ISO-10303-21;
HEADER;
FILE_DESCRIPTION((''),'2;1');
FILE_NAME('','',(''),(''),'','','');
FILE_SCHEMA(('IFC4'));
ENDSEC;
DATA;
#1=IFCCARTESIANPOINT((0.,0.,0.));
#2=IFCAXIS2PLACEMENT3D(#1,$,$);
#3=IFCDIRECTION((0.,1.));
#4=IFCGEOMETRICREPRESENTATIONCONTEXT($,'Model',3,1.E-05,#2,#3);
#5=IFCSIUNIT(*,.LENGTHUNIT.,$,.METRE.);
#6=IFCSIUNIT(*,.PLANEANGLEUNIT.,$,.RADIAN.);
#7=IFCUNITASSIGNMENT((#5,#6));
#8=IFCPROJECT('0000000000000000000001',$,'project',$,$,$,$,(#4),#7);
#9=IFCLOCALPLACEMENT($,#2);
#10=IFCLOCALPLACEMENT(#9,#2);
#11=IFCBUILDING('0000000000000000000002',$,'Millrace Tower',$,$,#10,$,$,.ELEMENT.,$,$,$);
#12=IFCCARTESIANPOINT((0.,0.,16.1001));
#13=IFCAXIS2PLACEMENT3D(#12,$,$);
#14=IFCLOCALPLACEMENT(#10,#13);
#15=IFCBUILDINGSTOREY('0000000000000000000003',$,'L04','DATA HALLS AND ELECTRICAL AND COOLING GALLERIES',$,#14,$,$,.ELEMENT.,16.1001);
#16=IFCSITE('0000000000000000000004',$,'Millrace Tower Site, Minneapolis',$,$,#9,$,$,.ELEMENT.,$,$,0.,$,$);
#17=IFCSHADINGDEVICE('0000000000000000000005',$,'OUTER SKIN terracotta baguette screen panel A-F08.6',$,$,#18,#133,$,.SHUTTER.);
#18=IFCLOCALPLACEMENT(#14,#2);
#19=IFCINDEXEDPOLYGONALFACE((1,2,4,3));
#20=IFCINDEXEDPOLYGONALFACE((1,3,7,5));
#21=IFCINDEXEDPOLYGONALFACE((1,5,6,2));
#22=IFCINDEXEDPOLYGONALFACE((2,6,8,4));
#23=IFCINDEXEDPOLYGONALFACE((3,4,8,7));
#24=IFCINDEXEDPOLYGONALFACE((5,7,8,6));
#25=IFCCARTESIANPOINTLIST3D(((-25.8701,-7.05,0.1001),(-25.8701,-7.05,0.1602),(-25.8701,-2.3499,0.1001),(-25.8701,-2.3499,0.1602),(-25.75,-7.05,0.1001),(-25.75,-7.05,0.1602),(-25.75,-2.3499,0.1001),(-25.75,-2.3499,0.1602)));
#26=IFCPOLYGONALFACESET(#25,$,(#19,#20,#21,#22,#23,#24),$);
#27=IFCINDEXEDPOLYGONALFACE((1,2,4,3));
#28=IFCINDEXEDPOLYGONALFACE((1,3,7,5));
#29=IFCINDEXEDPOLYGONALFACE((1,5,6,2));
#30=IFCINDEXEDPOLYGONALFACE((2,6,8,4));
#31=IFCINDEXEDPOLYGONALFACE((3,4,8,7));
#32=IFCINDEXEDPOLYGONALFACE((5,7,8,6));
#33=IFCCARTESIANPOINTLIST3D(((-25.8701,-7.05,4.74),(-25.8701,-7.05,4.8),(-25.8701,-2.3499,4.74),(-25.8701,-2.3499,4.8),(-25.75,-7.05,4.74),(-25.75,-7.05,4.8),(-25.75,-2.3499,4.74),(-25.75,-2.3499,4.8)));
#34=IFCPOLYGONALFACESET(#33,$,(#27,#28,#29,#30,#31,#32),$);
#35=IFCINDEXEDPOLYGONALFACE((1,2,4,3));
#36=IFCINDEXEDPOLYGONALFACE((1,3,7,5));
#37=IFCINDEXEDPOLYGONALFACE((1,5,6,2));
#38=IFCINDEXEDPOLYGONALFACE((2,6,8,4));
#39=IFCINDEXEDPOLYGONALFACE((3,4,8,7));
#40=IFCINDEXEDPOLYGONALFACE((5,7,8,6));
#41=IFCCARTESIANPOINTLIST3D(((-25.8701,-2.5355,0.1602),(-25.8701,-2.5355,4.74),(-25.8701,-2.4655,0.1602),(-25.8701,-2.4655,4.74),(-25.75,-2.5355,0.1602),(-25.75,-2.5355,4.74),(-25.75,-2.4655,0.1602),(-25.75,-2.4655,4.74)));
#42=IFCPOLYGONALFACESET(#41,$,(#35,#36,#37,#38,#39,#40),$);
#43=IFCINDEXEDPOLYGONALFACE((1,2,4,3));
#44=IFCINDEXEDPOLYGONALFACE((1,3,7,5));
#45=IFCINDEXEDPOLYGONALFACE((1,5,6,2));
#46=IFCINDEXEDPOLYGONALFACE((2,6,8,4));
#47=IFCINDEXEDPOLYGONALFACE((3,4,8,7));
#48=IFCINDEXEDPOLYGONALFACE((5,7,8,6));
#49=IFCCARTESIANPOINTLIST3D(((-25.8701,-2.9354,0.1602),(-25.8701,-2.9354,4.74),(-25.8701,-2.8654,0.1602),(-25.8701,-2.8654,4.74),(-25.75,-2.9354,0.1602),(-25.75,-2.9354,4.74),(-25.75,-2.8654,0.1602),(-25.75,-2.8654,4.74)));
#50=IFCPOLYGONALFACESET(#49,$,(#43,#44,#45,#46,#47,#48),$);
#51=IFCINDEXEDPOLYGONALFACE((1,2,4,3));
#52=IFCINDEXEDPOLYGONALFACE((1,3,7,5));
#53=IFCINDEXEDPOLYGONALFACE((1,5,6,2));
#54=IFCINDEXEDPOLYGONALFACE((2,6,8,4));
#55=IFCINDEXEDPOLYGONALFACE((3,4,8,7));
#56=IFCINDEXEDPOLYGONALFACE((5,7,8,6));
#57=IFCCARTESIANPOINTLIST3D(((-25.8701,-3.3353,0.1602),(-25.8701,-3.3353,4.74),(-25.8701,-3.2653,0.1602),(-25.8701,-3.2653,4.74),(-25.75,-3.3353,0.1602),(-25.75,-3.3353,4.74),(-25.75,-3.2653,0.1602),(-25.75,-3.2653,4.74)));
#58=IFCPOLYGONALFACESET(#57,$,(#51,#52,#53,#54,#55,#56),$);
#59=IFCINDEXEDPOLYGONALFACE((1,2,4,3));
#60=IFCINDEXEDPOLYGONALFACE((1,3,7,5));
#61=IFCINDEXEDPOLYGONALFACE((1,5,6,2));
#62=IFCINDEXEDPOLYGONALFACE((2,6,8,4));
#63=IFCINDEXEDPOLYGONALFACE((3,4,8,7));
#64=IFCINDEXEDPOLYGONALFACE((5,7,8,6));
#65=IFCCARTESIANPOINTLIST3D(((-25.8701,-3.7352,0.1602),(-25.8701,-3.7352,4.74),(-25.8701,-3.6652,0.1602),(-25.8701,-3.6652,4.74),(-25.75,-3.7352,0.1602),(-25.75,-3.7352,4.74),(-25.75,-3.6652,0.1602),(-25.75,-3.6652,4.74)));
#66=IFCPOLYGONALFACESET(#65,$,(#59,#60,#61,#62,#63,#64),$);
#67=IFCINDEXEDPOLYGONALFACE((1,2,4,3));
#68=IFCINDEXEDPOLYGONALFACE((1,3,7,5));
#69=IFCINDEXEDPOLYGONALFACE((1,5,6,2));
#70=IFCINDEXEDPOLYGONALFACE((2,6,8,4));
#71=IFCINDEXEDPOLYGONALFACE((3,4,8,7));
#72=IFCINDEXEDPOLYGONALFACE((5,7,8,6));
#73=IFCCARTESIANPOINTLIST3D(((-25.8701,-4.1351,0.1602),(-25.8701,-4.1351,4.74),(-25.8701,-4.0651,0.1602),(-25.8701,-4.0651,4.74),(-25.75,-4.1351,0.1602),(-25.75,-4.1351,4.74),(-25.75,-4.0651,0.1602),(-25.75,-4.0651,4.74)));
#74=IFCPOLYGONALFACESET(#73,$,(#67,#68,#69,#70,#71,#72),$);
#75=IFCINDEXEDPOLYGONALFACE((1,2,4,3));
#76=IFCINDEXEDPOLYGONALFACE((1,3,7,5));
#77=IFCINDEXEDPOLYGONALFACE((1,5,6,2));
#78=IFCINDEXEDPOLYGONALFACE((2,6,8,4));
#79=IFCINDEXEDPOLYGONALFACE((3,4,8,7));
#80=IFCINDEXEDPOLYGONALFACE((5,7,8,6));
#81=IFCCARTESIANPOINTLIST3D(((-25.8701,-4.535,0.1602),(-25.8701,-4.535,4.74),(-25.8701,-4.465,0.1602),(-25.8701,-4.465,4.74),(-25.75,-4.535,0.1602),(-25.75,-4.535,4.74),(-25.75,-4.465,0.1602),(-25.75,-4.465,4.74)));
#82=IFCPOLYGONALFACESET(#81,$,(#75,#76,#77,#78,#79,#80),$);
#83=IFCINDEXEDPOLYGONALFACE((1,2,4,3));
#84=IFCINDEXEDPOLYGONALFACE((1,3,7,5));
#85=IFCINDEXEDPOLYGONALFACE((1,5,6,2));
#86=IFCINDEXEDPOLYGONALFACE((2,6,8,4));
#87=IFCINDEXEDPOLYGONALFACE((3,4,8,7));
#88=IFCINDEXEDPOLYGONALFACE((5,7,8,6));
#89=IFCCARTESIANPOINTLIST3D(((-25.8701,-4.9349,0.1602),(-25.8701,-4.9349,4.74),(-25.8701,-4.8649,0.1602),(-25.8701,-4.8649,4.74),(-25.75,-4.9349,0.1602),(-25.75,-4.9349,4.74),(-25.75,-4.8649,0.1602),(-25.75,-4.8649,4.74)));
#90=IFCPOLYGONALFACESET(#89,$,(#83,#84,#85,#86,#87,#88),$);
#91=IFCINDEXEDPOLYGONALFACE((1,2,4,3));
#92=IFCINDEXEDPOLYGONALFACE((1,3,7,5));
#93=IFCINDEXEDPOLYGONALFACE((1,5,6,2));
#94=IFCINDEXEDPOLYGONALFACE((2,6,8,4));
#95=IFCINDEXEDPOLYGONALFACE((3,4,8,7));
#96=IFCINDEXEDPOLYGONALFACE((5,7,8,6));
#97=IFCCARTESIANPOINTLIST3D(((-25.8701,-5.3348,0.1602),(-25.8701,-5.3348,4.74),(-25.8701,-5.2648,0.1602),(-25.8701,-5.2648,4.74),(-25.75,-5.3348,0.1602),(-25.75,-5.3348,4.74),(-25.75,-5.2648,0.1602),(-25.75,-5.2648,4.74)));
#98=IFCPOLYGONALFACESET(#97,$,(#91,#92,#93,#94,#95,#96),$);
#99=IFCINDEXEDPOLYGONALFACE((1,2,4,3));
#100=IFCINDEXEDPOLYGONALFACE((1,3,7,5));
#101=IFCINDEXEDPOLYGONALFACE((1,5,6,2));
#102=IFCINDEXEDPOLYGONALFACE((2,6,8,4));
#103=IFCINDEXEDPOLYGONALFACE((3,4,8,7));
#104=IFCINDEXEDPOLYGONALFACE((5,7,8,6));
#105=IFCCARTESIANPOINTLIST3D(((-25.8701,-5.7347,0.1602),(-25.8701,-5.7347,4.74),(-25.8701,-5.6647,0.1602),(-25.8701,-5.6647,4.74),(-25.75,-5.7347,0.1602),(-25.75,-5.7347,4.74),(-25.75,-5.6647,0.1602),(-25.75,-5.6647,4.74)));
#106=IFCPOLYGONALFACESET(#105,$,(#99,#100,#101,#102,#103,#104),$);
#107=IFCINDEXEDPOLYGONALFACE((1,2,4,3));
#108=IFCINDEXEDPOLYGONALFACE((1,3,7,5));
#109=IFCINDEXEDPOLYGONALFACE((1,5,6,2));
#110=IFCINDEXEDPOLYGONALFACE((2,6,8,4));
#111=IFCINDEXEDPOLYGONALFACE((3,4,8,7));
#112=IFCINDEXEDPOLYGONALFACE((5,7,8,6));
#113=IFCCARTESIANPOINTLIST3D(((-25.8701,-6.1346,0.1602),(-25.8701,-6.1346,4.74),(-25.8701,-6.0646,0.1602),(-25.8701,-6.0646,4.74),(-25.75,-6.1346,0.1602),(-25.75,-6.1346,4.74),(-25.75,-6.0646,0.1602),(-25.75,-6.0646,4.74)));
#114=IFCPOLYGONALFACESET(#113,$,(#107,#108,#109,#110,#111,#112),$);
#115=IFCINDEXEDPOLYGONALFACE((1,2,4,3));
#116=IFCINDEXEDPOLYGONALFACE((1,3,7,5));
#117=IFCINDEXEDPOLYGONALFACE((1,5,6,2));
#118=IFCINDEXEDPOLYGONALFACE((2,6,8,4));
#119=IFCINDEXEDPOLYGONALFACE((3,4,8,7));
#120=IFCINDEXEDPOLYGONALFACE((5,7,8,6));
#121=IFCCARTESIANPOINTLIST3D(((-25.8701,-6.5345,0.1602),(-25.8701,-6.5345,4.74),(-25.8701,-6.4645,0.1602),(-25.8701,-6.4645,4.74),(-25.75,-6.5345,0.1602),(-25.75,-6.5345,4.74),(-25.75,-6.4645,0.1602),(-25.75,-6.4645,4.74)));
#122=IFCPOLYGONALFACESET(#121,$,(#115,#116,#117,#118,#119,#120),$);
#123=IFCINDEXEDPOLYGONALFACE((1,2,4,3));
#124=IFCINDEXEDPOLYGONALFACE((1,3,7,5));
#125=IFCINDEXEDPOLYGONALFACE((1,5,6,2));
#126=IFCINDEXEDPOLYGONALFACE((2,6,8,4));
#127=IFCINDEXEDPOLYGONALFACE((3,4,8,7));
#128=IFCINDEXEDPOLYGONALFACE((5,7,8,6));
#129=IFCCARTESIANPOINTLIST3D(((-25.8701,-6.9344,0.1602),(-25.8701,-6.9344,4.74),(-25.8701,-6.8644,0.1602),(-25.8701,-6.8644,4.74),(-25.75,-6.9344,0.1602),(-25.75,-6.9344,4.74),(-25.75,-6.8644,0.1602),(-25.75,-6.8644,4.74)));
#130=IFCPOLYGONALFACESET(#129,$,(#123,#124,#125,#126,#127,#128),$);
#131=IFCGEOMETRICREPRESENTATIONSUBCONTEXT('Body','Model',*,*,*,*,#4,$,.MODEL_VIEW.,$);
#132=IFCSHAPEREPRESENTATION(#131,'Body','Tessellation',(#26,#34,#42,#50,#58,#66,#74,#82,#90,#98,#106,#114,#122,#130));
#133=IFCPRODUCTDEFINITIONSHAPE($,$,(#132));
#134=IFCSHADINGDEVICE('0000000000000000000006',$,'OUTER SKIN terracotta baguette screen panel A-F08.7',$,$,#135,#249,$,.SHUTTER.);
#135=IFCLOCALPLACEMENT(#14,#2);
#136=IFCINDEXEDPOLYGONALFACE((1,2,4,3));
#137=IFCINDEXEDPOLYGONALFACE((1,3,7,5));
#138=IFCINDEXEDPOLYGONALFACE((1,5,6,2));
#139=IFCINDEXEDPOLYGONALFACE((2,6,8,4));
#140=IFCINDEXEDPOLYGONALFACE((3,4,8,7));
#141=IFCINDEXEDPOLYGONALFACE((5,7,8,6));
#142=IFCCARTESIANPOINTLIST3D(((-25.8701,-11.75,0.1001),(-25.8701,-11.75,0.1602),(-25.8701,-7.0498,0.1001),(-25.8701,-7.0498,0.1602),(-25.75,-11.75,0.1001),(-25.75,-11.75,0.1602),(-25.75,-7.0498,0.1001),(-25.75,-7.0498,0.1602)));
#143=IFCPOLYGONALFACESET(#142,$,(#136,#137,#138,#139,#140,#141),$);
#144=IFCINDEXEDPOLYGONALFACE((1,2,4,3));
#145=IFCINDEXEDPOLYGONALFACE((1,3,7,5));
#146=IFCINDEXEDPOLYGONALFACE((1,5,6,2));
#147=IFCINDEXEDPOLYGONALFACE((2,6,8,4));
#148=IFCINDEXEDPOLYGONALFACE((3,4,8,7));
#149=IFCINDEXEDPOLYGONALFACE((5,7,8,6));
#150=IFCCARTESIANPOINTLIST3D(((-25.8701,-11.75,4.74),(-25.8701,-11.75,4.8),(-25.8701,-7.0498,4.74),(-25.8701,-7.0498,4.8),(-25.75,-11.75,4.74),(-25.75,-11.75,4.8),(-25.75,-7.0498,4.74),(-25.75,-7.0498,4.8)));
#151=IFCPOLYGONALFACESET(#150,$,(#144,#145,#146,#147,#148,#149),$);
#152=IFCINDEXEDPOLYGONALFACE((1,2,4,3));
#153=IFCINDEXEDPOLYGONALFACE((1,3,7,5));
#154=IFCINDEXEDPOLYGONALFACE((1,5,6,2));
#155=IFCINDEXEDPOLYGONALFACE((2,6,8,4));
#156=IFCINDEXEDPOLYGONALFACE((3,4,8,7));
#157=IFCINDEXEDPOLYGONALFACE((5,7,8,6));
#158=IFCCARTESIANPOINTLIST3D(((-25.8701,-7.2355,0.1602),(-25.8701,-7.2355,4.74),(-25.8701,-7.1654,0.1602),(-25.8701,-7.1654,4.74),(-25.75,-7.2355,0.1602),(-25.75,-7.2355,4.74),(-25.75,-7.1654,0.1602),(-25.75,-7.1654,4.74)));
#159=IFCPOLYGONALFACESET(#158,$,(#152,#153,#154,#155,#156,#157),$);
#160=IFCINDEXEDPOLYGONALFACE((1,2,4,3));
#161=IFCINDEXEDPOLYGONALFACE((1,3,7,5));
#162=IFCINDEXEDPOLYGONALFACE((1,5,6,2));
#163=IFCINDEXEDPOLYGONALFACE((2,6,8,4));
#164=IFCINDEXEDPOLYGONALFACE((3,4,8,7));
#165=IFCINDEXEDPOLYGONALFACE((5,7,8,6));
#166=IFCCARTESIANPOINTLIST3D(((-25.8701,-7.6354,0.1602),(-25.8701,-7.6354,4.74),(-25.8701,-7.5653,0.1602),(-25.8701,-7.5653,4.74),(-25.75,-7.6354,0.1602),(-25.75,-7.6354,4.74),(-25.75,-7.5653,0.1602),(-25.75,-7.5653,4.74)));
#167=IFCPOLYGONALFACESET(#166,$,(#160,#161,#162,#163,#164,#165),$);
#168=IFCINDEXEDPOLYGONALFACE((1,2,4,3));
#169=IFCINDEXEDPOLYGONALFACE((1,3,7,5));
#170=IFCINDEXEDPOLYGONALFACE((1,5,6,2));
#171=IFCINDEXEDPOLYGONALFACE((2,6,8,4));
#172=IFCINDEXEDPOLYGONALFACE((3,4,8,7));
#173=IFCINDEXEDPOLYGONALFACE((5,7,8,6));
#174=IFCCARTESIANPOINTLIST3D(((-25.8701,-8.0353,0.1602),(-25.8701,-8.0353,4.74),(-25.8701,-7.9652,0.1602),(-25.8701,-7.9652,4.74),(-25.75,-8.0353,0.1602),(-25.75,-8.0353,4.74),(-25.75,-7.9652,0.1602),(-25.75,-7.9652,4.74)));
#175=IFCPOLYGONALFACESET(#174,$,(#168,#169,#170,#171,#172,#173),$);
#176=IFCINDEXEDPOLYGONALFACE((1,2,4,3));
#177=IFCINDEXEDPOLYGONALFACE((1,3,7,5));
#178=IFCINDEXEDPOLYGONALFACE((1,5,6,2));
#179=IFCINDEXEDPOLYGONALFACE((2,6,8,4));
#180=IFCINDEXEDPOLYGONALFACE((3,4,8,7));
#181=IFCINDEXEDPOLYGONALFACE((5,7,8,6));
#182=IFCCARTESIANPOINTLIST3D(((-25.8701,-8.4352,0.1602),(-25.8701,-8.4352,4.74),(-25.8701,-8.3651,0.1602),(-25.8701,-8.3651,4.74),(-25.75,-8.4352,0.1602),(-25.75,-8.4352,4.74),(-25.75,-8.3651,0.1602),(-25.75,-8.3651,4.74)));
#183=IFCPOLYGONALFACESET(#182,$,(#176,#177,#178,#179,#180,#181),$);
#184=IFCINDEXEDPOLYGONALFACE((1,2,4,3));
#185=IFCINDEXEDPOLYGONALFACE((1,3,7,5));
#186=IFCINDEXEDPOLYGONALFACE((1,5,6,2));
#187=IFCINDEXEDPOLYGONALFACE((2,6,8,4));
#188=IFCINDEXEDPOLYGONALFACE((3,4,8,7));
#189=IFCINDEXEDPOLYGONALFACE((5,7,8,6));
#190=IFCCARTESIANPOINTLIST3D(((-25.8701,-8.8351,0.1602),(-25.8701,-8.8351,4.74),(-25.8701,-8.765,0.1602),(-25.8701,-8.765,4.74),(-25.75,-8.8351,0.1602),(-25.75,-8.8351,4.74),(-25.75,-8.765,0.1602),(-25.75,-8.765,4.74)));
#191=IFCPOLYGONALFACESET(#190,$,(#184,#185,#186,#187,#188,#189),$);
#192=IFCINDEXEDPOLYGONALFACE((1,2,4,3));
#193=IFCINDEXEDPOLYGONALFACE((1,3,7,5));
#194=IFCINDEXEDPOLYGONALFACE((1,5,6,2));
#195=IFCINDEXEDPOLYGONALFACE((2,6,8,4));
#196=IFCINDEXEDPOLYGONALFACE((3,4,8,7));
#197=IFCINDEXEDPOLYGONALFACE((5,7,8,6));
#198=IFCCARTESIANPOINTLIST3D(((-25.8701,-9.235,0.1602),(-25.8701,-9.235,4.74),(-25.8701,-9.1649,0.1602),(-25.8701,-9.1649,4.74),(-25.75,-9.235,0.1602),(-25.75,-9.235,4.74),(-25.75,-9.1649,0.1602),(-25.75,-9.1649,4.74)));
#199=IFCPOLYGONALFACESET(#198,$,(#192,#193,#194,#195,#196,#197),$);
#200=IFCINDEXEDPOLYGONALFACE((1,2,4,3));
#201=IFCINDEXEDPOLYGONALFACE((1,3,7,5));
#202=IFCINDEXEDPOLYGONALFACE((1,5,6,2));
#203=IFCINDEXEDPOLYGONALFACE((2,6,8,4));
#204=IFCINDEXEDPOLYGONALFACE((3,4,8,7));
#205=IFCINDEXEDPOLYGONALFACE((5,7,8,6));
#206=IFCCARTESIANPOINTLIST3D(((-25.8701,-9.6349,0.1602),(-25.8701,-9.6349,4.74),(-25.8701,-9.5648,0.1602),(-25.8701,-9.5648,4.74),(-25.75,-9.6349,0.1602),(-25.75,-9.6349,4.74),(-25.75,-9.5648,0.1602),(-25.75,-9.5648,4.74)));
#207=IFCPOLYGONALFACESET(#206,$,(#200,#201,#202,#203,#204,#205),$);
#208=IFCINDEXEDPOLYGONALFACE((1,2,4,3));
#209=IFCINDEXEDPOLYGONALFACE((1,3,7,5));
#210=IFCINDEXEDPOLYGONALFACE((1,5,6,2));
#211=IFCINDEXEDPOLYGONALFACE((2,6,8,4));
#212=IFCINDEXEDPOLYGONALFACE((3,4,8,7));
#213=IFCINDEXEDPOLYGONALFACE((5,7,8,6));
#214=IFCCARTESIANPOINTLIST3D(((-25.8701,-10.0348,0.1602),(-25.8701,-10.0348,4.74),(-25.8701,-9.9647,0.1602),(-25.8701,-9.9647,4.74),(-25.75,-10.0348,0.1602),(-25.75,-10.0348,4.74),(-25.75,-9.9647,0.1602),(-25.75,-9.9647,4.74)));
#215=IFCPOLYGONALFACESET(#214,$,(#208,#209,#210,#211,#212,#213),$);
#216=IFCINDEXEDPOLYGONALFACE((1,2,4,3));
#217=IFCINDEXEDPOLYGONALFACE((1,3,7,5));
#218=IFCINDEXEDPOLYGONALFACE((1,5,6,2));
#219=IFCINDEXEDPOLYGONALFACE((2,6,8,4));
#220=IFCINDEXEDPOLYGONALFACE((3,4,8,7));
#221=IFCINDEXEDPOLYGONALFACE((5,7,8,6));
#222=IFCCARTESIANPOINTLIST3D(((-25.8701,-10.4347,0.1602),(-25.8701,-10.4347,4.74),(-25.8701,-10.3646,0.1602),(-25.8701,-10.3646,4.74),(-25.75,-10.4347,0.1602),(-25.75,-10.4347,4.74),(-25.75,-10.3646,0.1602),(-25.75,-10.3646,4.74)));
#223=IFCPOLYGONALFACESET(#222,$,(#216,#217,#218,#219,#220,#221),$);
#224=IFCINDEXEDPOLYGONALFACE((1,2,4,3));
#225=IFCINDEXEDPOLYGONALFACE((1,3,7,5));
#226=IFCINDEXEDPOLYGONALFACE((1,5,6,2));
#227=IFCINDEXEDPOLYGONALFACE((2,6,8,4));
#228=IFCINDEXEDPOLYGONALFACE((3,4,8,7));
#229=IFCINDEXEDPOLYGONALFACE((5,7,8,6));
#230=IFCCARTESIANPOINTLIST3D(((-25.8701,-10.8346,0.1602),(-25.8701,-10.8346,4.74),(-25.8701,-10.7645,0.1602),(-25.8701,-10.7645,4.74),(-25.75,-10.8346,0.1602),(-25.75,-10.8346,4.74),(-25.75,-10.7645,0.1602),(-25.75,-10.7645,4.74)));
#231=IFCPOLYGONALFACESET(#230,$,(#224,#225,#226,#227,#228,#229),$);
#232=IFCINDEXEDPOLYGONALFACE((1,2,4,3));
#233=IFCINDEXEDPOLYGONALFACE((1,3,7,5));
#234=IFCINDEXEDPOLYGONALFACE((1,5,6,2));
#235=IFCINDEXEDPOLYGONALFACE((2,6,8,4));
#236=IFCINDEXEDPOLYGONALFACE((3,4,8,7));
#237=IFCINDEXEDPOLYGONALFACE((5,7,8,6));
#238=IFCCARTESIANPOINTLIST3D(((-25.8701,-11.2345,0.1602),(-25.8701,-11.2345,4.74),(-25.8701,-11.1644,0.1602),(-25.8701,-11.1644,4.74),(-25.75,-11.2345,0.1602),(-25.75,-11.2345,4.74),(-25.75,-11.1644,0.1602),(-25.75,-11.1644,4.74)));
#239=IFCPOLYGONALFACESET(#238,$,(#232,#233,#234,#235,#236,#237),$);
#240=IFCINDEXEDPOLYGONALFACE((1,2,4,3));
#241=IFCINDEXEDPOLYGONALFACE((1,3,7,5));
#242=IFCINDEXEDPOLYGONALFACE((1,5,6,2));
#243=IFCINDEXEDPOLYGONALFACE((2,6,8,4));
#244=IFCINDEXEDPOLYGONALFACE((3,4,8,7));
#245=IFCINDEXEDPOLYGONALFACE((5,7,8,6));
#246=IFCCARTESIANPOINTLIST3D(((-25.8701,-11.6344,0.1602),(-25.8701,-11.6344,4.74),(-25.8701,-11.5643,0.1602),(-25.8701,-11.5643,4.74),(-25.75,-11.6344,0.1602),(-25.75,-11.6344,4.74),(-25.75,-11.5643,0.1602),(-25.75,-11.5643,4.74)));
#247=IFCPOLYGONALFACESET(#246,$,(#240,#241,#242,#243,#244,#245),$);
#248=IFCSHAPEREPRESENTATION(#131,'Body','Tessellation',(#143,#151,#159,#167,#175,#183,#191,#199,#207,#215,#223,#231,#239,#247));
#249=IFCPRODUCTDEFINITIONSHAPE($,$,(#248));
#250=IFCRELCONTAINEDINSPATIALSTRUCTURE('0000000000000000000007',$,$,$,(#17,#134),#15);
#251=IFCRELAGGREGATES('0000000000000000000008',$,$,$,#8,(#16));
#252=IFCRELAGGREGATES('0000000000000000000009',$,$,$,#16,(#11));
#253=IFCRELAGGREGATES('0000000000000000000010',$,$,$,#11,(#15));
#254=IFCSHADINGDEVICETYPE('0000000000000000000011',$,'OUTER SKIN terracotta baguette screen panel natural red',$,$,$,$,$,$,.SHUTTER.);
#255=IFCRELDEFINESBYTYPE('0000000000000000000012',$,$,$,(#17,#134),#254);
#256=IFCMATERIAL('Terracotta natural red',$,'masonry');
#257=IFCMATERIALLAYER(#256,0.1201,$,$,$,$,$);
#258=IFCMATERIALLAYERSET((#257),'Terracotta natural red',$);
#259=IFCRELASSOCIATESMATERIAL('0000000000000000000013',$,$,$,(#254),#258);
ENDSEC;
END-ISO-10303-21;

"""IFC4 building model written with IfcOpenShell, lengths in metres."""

from ifc_helpers import new_model, entity, si_unit, direction, frame, frame_2d, origin, place, context, subcontext, project, spatial, rectangle, extrude, source, transform, mapped, material, layer, layer_set, type_object, element, save


model = new_model("IFC4")

# Units and contexts
model_context = context("Model", 3, precision=1e-05, world=origin(), true_north=direction((0.0, 1.0)))
body_context = subcontext(model_context, "Body", "Model", "MODEL_VIEW")
ifc_project = project(units=[si_unit("LENGTHUNIT", "METRE"), si_unit("PLANEANGLEUNIT", "RADIAN")], contexts=[model_context])

# Site, building, storey
site_placement = place(None, origin())
site = spatial("IfcSite", under=ifc_project, at=site_placement, Name="Millrace Tower Site, Minneapolis", CompositionType="ELEMENT", RefElevation=0.0)
building_placement = place(site_placement, origin())
building = spatial("IfcBuilding", under=site, at=building_placement, Name="Millrace Tower", CompositionType="ELEMENT")
storey_placement = place(building_placement, frame((0.0, 0.0, 16.1001)))
storey = spatial("IfcBuildingStorey", under=building, at=storey_placement, Name="L04", Description="DATA HALLS AND ELECTRICAL AND COOLING GALLERIES", CompositionType="ELEMENT", Elevation=16.1001)

# Shading devices
cartesian_point = entity("IfcCartesianPoint", [-2.3501, 0.0601])
shared_polyline = entity("IfcPolyline", [cartesian_point, entity("IfcCartesianPoint", [2.3501, 0.0601]), entity("IfcCartesianPoint", [2.3501, -0.0601]), entity("IfcCartesianPoint", [-2.3501, -0.0601]), cartesian_point])
ifc_material_1 = material(Name="Terracotta natural red", Category="masonry")
ifc_layer_1 = layer(ifc_material_1, 0.1201)
ifc_layer_set_1 = layer_set([ifc_layer_1], Name="Terracotta natural red")
shading_device_type_1 = type_object("IfcShadingDeviceType", Name="OUTER SKIN terracotta baguette screen panel natural red", PredefinedType="SHUTTER", material=ifc_layer_set_1)
shared_shape_1 = source(origin(), body_context, "Body", "SweptSolid", [
    entity("IfcExtrudedAreaSolid", entity("IfcArbitraryClosedProfileDef", "AREA", None, shared_polyline), entity("IfcAxis2Placement3D", entity("IfcCartesianPoint", [0.0, 0.0, 0.0])), entity("IfcDirection", [0.0, 0.0, 1.0]), 0.0601),
    entity("IfcExtrudedAreaSolid", entity("IfcArbitraryClosedProfileDef", "AREA", None, shared_polyline), entity("IfcAxis2Placement3D", entity("IfcCartesianPoint", [0.0, 0.0, 4.6399])), entity("IfcDirection", [0.0, 0.0, 1.0]), 0.0601),
    extrude(rectangle(XDim=0.0701, YDim=0.1201, at=frame_2d((-2.1995, 0.0))), frame((0.0, 0.0, 0.0601)), (0.0, 0.0, 1.0), 4.5798),
    extrude(rectangle(XDim=0.0701, YDim=0.1201, at=frame_2d((-1.7996, 0.0))), frame((0.0, 0.0, 0.0601)), (0.0, 0.0, 1.0), 4.5798),
    extrude(rectangle(XDim=0.0701, YDim=0.1201, at=frame_2d((-1.3997, 0.0))), frame((0.0, 0.0, 0.0601)), (0.0, 0.0, 1.0), 4.5798),
    extrude(rectangle(XDim=0.0701, YDim=0.1201, at=frame_2d((-0.9998, 0.0))), frame((0.0, 0.0, 0.0601)), (0.0, 0.0, 1.0), 4.5798),
    extrude(rectangle(XDim=0.0701, YDim=0.1201, at=frame_2d((-0.5999, 0.0))), frame((0.0, 0.0, 0.0601)), (0.0, 0.0, 1.0), 4.5798),
    extrude(rectangle(XDim=0.0701, YDim=0.1201, at=frame_2d((-0.2, 0.0))), frame((0.0, 0.0, 0.0601)), (0.0, 0.0, 1.0), 4.5798),
    extrude(rectangle(XDim=0.0701, YDim=0.1201, at=frame_2d((0.2, 0.0))), frame((0.0, 0.0, 0.0601)), (0.0, 0.0, 1.0), 4.5798),
    extrude(rectangle(XDim=0.0701, YDim=0.1201, at=frame_2d((0.5999, 0.0))), frame((0.0, 0.0, 0.0601)), (0.0, 0.0, 1.0), 4.5798),
    extrude(rectangle(XDim=0.0701, YDim=0.1201, at=frame_2d((0.9998, 0.0))), frame((0.0, 0.0, 0.0601)), (0.0, 0.0, 1.0), 4.5798),
    extrude(rectangle(XDim=0.0701, YDim=0.1201, at=frame_2d((1.3997, 0.0))), frame((0.0, 0.0, 0.0601)), (0.0, 0.0, 1.0), 4.5798),
    extrude(rectangle(XDim=0.0701, YDim=0.1201, at=frame_2d((1.7996, 0.0))), frame((0.0, 0.0, 0.0601)), (0.0, 0.0, 1.0), 4.5798),
    extrude(rectangle(XDim=0.0701, YDim=0.1201, at=frame_2d((2.1995, 0.0))), frame((0.0, 0.0, 0.0601)), (0.0, 0.0, 1.0), 4.5798),
])
for number, where, z_axis, x_axis, name in (
    (1, (-25.8101, -4.7, 0.1001), (0.0, 0.0, 1.0), (0.0, -1.0, 0.0), "OUTER SKIN terracotta baguette screen panel A-F08.6"),
    (2, (-25.8101, -9.3999, 0.1001), (0.0, 0.0, 1.0), (0.0, -1.0, 0.0), "OUTER SKIN terracotta baguette screen panel A-F08.7"),
):
    element("IfcShadingDevice", number, at=place(storey_placement, frame(where, z_axis=z_axis, x_axis=x_axis)), inside=storey, type_object=shading_device_type_1, Name=name, PredefinedType="SHUTTER", context=body_context, shape_type="MappedRepresentation", body=[
        mapped(shared_shape_1, transform((0.0, 0.0, 0.0), scale=1.0)),
    ])

save(model, "model.ifc")
